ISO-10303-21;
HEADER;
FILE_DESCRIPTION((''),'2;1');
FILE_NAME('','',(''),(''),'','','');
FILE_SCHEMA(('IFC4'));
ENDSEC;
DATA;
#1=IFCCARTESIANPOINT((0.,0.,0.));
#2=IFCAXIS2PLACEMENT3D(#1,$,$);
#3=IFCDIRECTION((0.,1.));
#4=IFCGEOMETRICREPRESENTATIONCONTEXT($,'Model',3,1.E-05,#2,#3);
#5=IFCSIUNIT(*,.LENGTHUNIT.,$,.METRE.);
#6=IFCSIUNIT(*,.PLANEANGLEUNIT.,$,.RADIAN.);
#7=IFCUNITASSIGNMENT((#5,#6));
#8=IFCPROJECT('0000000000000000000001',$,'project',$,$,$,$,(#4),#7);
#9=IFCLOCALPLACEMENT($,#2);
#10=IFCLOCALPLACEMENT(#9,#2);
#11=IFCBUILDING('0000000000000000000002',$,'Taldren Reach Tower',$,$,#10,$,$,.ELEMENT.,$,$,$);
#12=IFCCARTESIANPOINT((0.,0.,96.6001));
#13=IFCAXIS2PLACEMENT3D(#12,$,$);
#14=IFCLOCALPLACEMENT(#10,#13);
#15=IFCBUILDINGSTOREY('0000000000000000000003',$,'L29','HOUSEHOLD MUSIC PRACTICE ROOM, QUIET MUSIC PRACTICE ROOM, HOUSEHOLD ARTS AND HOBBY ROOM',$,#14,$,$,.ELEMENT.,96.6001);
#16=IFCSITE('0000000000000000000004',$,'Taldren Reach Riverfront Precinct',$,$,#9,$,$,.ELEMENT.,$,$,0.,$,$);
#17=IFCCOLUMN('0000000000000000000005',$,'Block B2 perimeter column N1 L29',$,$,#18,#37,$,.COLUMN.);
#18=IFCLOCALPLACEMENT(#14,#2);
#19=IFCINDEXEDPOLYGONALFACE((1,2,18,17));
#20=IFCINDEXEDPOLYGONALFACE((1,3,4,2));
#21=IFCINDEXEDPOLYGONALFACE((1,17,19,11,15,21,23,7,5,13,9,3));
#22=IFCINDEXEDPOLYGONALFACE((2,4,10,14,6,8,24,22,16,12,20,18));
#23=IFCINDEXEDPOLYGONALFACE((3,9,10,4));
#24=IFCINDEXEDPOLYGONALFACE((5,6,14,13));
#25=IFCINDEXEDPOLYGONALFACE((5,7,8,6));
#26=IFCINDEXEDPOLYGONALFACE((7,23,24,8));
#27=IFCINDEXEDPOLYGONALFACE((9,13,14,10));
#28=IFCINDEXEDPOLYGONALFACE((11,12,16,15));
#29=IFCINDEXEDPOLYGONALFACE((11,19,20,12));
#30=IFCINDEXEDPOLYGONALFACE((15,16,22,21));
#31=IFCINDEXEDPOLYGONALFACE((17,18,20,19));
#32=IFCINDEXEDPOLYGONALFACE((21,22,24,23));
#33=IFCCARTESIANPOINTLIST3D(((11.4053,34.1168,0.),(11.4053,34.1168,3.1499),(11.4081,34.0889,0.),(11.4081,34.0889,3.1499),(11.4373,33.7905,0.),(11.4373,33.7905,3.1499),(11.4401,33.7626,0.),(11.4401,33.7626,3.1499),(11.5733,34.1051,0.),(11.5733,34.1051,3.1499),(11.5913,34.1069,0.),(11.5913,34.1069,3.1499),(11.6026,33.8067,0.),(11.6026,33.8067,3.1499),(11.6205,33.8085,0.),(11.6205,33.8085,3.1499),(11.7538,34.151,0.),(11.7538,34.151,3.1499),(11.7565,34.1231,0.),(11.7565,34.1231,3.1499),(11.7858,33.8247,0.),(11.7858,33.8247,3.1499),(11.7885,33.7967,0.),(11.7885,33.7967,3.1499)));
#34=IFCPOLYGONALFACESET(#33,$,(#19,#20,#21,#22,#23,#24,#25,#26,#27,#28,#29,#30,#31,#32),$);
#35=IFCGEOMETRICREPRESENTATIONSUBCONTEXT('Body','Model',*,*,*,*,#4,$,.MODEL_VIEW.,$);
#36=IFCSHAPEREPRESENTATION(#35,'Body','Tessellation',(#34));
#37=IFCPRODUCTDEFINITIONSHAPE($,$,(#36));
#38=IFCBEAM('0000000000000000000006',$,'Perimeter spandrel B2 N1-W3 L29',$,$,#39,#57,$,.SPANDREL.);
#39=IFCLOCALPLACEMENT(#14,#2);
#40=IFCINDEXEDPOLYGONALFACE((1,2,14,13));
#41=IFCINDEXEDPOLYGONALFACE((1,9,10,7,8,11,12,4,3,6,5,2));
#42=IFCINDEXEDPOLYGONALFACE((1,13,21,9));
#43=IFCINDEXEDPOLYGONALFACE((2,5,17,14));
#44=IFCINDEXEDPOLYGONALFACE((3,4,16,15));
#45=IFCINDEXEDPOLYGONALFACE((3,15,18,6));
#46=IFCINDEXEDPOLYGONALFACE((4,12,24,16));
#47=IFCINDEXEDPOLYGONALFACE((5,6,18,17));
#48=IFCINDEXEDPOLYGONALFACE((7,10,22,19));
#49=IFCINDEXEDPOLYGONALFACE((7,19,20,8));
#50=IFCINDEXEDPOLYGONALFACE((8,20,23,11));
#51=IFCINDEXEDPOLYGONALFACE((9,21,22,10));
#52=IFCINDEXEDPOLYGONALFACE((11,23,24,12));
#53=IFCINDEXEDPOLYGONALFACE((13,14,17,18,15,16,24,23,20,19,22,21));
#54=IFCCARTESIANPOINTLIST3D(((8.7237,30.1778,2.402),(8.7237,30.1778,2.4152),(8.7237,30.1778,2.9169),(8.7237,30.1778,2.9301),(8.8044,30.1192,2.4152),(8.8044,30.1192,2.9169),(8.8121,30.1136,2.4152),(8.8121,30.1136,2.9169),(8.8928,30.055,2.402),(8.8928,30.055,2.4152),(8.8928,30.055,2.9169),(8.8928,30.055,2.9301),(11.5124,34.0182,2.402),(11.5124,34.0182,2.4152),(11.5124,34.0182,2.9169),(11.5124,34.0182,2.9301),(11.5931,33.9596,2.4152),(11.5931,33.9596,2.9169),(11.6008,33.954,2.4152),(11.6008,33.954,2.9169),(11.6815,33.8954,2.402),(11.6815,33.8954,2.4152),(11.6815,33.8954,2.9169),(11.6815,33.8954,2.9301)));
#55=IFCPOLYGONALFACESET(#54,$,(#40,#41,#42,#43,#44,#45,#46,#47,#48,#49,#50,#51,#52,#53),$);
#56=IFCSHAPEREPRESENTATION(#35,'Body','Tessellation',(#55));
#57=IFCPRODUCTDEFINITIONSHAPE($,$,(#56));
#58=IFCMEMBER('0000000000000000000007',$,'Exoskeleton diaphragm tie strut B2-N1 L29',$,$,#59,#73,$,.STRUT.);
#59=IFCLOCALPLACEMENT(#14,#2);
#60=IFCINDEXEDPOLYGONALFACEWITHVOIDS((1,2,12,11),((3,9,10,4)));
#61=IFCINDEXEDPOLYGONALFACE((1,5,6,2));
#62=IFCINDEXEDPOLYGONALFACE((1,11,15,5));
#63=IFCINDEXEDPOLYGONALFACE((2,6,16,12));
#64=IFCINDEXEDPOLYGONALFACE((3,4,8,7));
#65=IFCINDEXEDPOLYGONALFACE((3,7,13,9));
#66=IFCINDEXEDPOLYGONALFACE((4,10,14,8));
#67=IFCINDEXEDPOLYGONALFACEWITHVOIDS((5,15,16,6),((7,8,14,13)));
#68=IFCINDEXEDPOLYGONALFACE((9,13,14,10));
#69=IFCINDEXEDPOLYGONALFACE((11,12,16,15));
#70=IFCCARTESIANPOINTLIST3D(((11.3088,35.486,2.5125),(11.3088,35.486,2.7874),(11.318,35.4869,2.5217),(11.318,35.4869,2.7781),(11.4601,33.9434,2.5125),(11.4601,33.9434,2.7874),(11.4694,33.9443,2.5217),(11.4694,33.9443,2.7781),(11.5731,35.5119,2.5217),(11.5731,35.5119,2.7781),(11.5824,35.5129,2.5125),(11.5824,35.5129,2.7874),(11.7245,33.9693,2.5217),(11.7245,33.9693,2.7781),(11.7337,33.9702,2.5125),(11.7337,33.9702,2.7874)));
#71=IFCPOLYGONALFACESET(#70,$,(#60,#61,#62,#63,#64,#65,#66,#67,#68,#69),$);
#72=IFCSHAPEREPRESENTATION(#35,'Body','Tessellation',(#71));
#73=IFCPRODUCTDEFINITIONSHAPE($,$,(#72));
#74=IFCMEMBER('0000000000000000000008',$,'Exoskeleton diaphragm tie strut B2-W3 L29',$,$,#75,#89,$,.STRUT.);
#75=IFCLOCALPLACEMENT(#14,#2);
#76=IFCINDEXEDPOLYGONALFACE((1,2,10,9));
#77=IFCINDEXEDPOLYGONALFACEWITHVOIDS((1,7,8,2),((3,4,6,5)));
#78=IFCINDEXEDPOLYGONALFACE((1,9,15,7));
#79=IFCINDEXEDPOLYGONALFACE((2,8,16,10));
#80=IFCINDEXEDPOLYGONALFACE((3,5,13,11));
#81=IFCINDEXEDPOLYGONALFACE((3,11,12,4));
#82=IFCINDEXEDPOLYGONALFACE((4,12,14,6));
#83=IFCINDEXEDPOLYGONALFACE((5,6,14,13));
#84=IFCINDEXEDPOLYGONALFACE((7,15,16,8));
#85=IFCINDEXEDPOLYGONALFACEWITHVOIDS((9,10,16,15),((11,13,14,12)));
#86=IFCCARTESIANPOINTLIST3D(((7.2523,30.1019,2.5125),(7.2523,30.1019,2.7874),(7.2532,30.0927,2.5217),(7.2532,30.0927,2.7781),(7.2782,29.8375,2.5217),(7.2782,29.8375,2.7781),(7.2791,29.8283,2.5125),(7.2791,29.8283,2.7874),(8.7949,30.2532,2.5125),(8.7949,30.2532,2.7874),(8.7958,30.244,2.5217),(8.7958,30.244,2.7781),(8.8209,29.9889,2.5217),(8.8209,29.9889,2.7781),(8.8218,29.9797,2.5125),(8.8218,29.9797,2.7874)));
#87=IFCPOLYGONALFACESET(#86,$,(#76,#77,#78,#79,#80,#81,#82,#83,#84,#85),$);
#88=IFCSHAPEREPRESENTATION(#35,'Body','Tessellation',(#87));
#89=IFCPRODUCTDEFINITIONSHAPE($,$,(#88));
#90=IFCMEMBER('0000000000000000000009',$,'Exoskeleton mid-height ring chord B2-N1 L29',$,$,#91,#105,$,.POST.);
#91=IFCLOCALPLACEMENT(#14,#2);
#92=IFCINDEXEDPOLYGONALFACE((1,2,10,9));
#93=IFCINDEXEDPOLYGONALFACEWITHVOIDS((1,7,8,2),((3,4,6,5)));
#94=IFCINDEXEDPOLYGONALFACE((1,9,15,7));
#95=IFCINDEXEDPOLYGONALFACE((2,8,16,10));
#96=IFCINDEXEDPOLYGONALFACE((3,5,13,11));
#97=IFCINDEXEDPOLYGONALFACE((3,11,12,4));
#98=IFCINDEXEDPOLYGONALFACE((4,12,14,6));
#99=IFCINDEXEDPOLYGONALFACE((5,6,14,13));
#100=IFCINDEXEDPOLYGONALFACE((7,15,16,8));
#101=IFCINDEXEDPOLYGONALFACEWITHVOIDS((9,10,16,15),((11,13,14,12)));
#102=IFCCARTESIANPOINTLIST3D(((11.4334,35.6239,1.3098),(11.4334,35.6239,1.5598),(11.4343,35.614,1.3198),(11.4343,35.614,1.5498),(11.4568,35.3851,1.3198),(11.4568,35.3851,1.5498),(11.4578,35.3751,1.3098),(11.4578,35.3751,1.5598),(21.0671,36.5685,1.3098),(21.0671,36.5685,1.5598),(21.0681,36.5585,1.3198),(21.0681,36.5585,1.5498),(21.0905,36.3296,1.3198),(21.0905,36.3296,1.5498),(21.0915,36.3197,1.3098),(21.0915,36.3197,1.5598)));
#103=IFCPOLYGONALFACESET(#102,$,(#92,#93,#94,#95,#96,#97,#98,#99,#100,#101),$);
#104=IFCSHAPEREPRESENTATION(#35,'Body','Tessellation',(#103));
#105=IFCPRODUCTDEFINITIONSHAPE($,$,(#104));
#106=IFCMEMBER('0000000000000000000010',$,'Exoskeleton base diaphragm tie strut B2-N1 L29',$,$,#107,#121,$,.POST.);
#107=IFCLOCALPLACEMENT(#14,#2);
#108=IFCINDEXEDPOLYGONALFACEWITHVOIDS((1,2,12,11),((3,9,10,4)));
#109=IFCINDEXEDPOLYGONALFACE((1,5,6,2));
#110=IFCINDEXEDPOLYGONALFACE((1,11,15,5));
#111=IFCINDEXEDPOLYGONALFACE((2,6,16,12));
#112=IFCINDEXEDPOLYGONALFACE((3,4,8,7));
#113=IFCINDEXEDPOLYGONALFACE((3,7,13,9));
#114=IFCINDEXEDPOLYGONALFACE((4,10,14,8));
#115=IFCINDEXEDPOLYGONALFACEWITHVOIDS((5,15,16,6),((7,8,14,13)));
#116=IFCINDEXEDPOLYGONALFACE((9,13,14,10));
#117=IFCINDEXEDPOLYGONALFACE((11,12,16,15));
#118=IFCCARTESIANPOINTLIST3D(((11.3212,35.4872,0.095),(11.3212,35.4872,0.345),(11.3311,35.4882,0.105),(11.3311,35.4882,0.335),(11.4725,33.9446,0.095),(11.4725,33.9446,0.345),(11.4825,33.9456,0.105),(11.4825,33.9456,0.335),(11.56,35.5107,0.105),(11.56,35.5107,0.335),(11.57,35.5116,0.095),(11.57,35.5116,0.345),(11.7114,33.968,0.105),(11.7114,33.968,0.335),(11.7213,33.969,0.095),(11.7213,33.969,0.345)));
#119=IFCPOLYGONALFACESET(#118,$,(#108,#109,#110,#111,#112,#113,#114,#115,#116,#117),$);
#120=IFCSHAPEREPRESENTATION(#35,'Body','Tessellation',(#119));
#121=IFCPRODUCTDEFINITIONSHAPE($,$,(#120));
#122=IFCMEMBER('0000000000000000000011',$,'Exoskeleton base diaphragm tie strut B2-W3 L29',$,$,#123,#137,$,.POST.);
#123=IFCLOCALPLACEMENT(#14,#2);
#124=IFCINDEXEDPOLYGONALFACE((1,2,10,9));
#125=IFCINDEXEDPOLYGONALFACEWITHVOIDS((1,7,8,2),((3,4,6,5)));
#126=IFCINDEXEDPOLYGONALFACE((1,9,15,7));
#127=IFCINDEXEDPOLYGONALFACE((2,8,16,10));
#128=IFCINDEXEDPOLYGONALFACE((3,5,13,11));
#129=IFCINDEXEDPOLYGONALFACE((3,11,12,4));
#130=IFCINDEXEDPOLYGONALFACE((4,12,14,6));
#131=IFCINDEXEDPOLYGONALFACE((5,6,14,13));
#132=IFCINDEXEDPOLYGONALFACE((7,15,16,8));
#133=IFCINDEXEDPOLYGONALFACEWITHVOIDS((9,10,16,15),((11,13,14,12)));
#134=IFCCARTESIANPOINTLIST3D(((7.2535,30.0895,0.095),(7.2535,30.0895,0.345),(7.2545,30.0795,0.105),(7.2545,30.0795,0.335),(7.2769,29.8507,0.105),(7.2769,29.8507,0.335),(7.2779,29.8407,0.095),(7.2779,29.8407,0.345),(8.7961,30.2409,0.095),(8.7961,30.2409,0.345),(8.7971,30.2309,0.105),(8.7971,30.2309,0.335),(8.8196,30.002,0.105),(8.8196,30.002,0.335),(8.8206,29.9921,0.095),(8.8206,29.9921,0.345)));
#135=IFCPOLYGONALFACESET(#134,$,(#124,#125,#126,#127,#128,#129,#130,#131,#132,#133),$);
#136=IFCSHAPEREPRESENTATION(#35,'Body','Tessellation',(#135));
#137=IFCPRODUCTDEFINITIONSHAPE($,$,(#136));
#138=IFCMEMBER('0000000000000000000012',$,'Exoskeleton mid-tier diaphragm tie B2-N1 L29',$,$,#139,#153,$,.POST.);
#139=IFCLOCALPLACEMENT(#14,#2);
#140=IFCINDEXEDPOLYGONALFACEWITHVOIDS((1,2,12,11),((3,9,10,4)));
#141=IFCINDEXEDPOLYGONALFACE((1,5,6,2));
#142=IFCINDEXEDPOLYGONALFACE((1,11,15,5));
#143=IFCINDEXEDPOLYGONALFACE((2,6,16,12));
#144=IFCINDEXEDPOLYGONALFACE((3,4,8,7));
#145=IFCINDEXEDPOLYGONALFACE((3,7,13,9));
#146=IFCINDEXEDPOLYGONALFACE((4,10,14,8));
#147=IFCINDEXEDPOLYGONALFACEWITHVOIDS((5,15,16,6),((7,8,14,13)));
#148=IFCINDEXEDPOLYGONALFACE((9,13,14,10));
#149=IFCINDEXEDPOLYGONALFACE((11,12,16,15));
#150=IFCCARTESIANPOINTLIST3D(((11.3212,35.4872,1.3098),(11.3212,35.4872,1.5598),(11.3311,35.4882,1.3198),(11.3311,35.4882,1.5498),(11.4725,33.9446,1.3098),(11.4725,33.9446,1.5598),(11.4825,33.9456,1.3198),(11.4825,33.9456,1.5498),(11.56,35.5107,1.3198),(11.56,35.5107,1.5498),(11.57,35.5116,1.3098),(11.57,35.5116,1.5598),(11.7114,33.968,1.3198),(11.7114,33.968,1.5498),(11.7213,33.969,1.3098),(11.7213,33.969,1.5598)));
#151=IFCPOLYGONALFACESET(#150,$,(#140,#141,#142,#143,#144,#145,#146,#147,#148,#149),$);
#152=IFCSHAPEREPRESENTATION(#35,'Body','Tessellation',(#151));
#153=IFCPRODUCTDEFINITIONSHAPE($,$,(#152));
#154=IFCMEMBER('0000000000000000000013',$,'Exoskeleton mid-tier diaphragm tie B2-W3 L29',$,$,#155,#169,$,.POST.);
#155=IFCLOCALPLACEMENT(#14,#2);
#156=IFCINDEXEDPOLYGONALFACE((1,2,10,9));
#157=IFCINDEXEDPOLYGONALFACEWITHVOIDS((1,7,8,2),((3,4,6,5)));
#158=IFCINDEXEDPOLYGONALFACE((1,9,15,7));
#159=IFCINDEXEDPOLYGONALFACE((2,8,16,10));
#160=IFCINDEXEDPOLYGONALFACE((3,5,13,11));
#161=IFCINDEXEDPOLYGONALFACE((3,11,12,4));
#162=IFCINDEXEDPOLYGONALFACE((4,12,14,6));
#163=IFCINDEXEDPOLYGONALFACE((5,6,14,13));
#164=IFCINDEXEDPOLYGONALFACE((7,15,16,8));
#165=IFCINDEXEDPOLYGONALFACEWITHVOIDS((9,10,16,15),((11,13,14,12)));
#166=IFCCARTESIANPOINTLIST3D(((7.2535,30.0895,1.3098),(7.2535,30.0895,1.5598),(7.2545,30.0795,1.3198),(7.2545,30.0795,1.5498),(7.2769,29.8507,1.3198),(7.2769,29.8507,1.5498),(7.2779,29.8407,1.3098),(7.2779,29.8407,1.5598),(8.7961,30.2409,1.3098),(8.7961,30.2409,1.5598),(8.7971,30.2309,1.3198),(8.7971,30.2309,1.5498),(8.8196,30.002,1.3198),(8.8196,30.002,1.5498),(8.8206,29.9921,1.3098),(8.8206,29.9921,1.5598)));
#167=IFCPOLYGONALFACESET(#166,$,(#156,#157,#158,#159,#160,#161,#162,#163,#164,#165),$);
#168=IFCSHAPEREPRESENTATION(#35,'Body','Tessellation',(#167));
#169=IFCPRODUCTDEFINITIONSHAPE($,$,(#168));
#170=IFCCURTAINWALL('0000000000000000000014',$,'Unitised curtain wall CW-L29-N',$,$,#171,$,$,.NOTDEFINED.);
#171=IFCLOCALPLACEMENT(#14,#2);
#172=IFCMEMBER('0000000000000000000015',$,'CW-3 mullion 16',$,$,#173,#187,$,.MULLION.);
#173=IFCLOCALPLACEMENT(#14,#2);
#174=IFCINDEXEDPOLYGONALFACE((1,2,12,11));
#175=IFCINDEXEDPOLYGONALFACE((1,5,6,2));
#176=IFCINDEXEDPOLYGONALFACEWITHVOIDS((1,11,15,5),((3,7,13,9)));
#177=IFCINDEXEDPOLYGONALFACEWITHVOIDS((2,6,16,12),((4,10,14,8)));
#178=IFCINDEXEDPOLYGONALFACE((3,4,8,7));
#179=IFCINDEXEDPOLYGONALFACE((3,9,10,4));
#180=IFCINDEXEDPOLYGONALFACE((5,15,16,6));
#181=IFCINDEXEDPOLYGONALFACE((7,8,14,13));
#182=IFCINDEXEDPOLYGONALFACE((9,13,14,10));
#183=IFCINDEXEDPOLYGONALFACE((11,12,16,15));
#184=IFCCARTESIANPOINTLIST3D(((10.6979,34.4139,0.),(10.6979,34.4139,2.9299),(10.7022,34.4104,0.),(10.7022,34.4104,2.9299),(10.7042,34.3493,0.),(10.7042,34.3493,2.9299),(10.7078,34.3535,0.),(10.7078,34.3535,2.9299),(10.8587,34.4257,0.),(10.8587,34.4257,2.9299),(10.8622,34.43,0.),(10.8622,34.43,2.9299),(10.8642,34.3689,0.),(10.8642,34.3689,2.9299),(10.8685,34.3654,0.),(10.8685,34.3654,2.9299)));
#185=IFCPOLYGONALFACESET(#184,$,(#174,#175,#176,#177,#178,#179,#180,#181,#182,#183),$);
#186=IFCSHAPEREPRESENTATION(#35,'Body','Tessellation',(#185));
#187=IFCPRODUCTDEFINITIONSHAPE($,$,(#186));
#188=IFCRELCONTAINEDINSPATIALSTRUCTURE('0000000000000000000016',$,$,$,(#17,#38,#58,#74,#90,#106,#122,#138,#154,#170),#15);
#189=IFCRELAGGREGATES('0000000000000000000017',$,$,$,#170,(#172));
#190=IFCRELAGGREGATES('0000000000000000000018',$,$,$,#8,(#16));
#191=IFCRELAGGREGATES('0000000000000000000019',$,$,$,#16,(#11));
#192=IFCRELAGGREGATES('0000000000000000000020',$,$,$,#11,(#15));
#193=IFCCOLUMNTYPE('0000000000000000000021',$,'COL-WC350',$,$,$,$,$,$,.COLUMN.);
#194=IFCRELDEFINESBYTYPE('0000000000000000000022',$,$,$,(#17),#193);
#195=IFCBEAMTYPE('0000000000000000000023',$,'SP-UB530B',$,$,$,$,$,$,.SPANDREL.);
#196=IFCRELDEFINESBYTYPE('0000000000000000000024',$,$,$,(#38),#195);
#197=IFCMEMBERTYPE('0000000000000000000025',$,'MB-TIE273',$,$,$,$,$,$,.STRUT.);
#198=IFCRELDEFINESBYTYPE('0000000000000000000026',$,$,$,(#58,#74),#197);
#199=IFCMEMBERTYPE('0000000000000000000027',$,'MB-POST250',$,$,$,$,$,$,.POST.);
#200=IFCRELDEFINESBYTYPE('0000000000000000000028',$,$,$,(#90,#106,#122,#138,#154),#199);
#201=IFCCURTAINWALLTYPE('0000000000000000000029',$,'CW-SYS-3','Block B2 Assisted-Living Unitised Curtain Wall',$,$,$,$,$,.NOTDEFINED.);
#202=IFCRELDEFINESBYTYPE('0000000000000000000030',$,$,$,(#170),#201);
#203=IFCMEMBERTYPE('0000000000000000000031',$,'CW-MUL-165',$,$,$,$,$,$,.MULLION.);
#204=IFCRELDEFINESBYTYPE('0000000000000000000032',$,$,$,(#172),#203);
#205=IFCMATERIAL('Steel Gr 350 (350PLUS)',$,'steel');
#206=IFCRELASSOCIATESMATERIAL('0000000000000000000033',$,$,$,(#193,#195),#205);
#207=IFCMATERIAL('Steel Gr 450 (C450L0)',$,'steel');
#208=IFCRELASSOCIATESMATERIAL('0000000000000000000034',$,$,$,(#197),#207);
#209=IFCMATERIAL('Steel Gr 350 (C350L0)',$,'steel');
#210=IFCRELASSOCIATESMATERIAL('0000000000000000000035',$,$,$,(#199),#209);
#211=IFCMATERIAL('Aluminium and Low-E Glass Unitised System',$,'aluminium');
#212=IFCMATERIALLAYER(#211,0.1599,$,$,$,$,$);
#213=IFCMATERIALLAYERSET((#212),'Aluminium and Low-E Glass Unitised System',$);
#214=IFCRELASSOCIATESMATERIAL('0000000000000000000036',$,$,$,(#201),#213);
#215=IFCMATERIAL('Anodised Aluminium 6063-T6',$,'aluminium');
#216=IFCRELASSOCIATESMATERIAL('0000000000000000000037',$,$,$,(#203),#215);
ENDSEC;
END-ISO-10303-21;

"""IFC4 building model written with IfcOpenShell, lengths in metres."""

from ifc_helpers import new_model, si_unit, direction, frame, origin, origin_2d, place, context, subcontext, project, spatial, hollow_rectangle, i_section, extrude, source, transform, mapped, material, layer, layer_set, material_profile, profile_set, type_object, element, aggregate, save


model = new_model("IFC4")

# Units and contexts
model_context = context("Model", 3, precision=1e-05, world=origin(), true_north=direction((0.0, 1.0)))
body_context = subcontext(model_context, "Body", "Model", "MODEL_VIEW")
ifc_project = project(units=[si_unit("LENGTHUNIT", "METRE"), si_unit("PLANEANGLEUNIT", "RADIAN")], contexts=[model_context])

# Site, building, storey
site_placement = place(None, origin())
site = spatial("IfcSite", under=ifc_project, at=site_placement, Name="Taldren Reach Riverfront Precinct", CompositionType="ELEMENT", RefElevation=0.0)
building_placement = place(site_placement, origin())
building = spatial("IfcBuilding", under=site, at=building_placement, Name="Taldren Reach Tower", CompositionType="ELEMENT")
storey_placement = place(building_placement, frame((0.0, 0.0, 96.6001)))
storey = spatial("IfcBuildingStorey", under=building, at=storey_placement, Name="L29", Description="HOUSEHOLD MUSIC PRACTICE ROOM, QUIET MUSIC PRACTICE ROOM, HOUSEHOLD ARTS AND HOBBY ROOM", CompositionType="ELEMENT", Elevation=96.6001)

# Column
ifc_material_1 = material(Name="Steel Gr 350 (350PLUS)", Category="steel")
ifc_material_profile_1 = material_profile(ifc_material_1, i_section(OverallWidth=0.3501, OverallDepth=0.356, WebThickness=0.0181, FlangeThickness=0.0281, at=origin_2d()), Name="350WC197")
ifc_profile_set_1 = profile_set([ifc_material_profile_1], Name="Steel Gr 350 (350PLUS)")
column_type = type_object("IfcColumnType", Name="COL-WC350", PredefinedType="COLUMN", material=ifc_profile_set_1)
shared_shape_1 = source(origin(), body_context, "Body", "SweptSolid", [
    extrude(i_section(OverallWidth=0.3501, OverallDepth=0.356, WebThickness=0.0181, FlangeThickness=0.0281, at=origin_2d()), origin(), (0.0, 0.0, 1.0), 3.1499),
])
column_placement = place(storey_placement, frame((11.5969, 33.9568, 0.0), z_axis=(0.0, 0.0, 1.0), x_axis=(0.995227, 0.097583, 0.0)))
element("IfcColumn", 1, at=column_placement, inside=storey, type_object=column_type, Name="Block B2 perimeter column N1 L29", PredefinedType="COLUMN", context=body_context, shape_type="MappedRepresentation", body=[
    mapped(shared_shape_1, transform((0.0, 0.0, 0.0), scale=1.0)),
])

# Beam
ifc_material_profile_2 = material_profile(ifc_material_1, i_section(OverallWidth=0.209, OverallDepth=0.5281, WebThickness=0.0095, FlangeThickness=0.0132, at=origin_2d()), Name="530UB82.0")
ifc_profile_set_2 = profile_set([ifc_material_profile_2], Name="Steel Gr 350 (350PLUS)")
beam_type = type_object("IfcBeamType", Name="SP-UB530B", PredefinedType="SPANDREL", material=ifc_profile_set_2)
shared_shape_2 = source(origin(), body_context, "Body", "SweptSolid", [
    extrude(i_section(OverallWidth=0.209, OverallDepth=0.5281, WebThickness=0.0095, FlangeThickness=0.0132, at=origin_2d()), origin(), (0.0, 0.0, 1.0), 4.7461),
])
beam_placement = place(storey_placement, frame((11.5969, 33.9568, 2.666), z_axis=(-0.587566, -0.809176, 0.0), x_axis=(0.809176, -0.587566, 0.0)))
element("IfcBeam", 2, at=beam_placement, inside=storey, type_object=beam_type, Name="Perimeter spandrel B2 N1-W3 L29", PredefinedType="SPANDREL", context=body_context, shape_type="MappedRepresentation", body=[
    mapped(shared_shape_2, transform((0.0, 0.0, 0.0), scale=1.0)),
])

# Members
ifc_material_2 = material(Name="Steel Gr 450 (C450L0)", Category="steel")
ifc_material_profile_3 = material_profile(ifc_material_2, hollow_rectangle(XDim=0.2749, YDim=0.2749, WallThickness=0.0093, at=origin_2d()), Name="275x275x9.3SHS")
ifc_profile_set_3 = profile_set([ifc_material_profile_3], Name="Steel Gr 450 (C450L0)")
member_type_1 = type_object("IfcMemberType", Name="MB-TIE273", PredefinedType="STRUT", material=ifc_profile_set_3)
shared_shape_3 = source(origin(), body_context, "Body", "SweptSolid", [
    extrude(hollow_rectangle(XDim=0.2749, YDim=0.2749, WallThickness=0.0093, at=origin_2d()), origin(), (0.0, 0.0, 1.0), 1.55),
])
for number, where, z_axis, x_axis, name in (
    (3, (11.5969, 33.9568, 2.6499), (-0.097648, 0.995221, 0.0), (-0.995221, -0.097648, 0.0), "Exoskeleton diaphragm tie strut B2-N1 L29"),
    (4, (8.8083, 30.1165, 2.6499), (-0.995221, -0.097648, 0.0), (0.097648, -0.995221, 0.0), "Exoskeleton diaphragm tie strut B2-W3 L29"),
):
    element("IfcMember", number, at=place(storey_placement, frame(where, z_axis=z_axis, x_axis=x_axis)), inside=storey, type_object=member_type_1, Name=name, PredefinedType="STRUT", context=body_context, shape_type="MappedRepresentation", body=[
        mapped(shared_shape_3, transform((0.0, 0.0, 0.0), scale=1.0)),
    ])
ifc_material_3 = material(Name="Steel Gr 350 (C350L0)", Category="steel")
ifc_material_profile_4 = material_profile(ifc_material_3, hollow_rectangle(XDim=0.25, YDim=0.25, WallThickness=0.01, at=origin_2d()), Name="250x250x10.0SHS")
ifc_profile_set_4 = profile_set([ifc_material_profile_4], Name="Steel Gr 350 (C350L0)")
member_type_2 = type_object("IfcMemberType", Name="MB-POST250", PredefinedType="POST", material=ifc_profile_set_4)
shared_shape_4 = source(origin(), body_context, "Body", "SweptSolid", [
    extrude(hollow_rectangle(XDim=0.25, YDim=0.25, WallThickness=0.01, at=origin_2d()), origin(), (0.0, 0.0, 1.0), 9.6799),
])
member_1_placement = place(storey_placement, frame((11.4456, 35.4995, 1.4348), z_axis=(0.995228, 0.097581, 0.0), x_axis=(-0.097581, 0.995228, 0.0)))
element("IfcMember", 5, at=member_1_placement, inside=storey, type_object=member_type_2, Name="Exoskeleton mid-height ring chord B2-N1 L29", PredefinedType="POST", context=body_context, shape_type="MappedRepresentation", body=[
    mapped(shared_shape_4, transform((0.0, 0.0, 0.0), scale=1.0)),
])
shared_shape_5 = source(origin(), body_context, "Body", "SweptSolid", [
    extrude(hollow_rectangle(XDim=0.25, YDim=0.25, WallThickness=0.01, at=origin_2d()), origin(), (0.0, 0.0, 1.0), 1.55),
])
for number, where, z_axis, x_axis, name in (
    (6, (11.5969, 33.9568, 0.22), (-0.097648, 0.995221, 0.0), (-0.995221, -0.097648, 0.0), "Exoskeleton base diaphragm tie strut B2-N1 L29"),
    (7, (8.8083, 30.1165, 0.22), (-0.995221, -0.097648, 0.0), (0.097648, -0.995221, 0.0), "Exoskeleton base diaphragm tie strut B2-W3 L29"),
    (8, (11.5969, 33.9568, 1.4348), (-0.097648, 0.995221, 0.0), (-0.995221, -0.097648, 0.0), "Exoskeleton mid-tier diaphragm tie B2-N1 L29"),
    (9, (8.8083, 30.1165, 1.4348), (-0.995221, -0.097648, 0.0), (0.097648, -0.995221, 0.0), "Exoskeleton mid-tier diaphragm tie B2-W3 L29"),
):
    element("IfcMember", number, at=place(storey_placement, frame(where, z_axis=z_axis, x_axis=x_axis)), inside=storey, type_object=member_type_2, Name=name, PredefinedType="POST", context=body_context, shape_type="MappedRepresentation", body=[
        mapped(shared_shape_5, transform((0.0, 0.0, 0.0), scale=1.0)),
    ])

# Curtain wall, member
ifc_material_4 = material(Name="Aluminium and Low-E Glass Unitised System", Category="aluminium")
ifc_layer_1 = layer(ifc_material_4, 0.1599)
ifc_layer_set_1 = layer_set([ifc_layer_1], Name="Aluminium and Low-E Glass Unitised System")
curtain_wall_type = type_object("IfcCurtainWallType", Name="CW-SYS-3", Description="Block B2 Assisted-Living Unitised Curtain Wall", PredefinedType="NOTDEFINED", material=ifc_layer_set_1)
curtain_wall_1_placement = place(storey_placement, origin())
curtain_wall_1 = element("IfcCurtainWall", 10, at=curtain_wall_1_placement, inside=storey, type_object=curtain_wall_type, Name="Unitised curtain wall CW-L29-N", PredefinedType="NOTDEFINED")
ifc_material_5 = material(Name="Anodised Aluminium 6063-T6", Category="aluminium")
ifc_material_profile_5 = material_profile(ifc_material_5, hollow_rectangle(XDim=0.0649, YDim=0.165, WallThickness=0.0039, at=origin_2d()), Name="ALU-165x65x4RHS")
ifc_profile_set_5 = profile_set([ifc_material_profile_5], Name="Anodised Aluminium 6063-T6")
member_type_3 = type_object("IfcMemberType", Name="CW-MUL-165", PredefinedType="MULLION", material=ifc_profile_set_5)
shared_shape_6 = source(origin(), body_context, "Body", "SweptSolid", [
    extrude(hollow_rectangle(XDim=0.0649, YDim=0.165, WallThickness=0.0039, at=origin_2d()), origin(), (0.0, 0.0, 1.0), 2.9299),
])
member_2_placement = place(storey_placement, frame((10.7832, 34.3896, 0.0), z_axis=(0.0, 0.0, 1.0), x_axis=(0.097583, -0.995227, 0.0)))
member_2 = element("IfcMember", 11, at=member_2_placement, type_object=member_type_3, Name="CW-3 mullion 16", PredefinedType="MULLION", context=body_context, shape_type="MappedRepresentation", body=[
    mapped(shared_shape_6, transform((0.0, 0.0, 0.0), scale=1.0)),
])
aggregate(curtain_wall_1, [member_2])

save(model, "model.ifc")
